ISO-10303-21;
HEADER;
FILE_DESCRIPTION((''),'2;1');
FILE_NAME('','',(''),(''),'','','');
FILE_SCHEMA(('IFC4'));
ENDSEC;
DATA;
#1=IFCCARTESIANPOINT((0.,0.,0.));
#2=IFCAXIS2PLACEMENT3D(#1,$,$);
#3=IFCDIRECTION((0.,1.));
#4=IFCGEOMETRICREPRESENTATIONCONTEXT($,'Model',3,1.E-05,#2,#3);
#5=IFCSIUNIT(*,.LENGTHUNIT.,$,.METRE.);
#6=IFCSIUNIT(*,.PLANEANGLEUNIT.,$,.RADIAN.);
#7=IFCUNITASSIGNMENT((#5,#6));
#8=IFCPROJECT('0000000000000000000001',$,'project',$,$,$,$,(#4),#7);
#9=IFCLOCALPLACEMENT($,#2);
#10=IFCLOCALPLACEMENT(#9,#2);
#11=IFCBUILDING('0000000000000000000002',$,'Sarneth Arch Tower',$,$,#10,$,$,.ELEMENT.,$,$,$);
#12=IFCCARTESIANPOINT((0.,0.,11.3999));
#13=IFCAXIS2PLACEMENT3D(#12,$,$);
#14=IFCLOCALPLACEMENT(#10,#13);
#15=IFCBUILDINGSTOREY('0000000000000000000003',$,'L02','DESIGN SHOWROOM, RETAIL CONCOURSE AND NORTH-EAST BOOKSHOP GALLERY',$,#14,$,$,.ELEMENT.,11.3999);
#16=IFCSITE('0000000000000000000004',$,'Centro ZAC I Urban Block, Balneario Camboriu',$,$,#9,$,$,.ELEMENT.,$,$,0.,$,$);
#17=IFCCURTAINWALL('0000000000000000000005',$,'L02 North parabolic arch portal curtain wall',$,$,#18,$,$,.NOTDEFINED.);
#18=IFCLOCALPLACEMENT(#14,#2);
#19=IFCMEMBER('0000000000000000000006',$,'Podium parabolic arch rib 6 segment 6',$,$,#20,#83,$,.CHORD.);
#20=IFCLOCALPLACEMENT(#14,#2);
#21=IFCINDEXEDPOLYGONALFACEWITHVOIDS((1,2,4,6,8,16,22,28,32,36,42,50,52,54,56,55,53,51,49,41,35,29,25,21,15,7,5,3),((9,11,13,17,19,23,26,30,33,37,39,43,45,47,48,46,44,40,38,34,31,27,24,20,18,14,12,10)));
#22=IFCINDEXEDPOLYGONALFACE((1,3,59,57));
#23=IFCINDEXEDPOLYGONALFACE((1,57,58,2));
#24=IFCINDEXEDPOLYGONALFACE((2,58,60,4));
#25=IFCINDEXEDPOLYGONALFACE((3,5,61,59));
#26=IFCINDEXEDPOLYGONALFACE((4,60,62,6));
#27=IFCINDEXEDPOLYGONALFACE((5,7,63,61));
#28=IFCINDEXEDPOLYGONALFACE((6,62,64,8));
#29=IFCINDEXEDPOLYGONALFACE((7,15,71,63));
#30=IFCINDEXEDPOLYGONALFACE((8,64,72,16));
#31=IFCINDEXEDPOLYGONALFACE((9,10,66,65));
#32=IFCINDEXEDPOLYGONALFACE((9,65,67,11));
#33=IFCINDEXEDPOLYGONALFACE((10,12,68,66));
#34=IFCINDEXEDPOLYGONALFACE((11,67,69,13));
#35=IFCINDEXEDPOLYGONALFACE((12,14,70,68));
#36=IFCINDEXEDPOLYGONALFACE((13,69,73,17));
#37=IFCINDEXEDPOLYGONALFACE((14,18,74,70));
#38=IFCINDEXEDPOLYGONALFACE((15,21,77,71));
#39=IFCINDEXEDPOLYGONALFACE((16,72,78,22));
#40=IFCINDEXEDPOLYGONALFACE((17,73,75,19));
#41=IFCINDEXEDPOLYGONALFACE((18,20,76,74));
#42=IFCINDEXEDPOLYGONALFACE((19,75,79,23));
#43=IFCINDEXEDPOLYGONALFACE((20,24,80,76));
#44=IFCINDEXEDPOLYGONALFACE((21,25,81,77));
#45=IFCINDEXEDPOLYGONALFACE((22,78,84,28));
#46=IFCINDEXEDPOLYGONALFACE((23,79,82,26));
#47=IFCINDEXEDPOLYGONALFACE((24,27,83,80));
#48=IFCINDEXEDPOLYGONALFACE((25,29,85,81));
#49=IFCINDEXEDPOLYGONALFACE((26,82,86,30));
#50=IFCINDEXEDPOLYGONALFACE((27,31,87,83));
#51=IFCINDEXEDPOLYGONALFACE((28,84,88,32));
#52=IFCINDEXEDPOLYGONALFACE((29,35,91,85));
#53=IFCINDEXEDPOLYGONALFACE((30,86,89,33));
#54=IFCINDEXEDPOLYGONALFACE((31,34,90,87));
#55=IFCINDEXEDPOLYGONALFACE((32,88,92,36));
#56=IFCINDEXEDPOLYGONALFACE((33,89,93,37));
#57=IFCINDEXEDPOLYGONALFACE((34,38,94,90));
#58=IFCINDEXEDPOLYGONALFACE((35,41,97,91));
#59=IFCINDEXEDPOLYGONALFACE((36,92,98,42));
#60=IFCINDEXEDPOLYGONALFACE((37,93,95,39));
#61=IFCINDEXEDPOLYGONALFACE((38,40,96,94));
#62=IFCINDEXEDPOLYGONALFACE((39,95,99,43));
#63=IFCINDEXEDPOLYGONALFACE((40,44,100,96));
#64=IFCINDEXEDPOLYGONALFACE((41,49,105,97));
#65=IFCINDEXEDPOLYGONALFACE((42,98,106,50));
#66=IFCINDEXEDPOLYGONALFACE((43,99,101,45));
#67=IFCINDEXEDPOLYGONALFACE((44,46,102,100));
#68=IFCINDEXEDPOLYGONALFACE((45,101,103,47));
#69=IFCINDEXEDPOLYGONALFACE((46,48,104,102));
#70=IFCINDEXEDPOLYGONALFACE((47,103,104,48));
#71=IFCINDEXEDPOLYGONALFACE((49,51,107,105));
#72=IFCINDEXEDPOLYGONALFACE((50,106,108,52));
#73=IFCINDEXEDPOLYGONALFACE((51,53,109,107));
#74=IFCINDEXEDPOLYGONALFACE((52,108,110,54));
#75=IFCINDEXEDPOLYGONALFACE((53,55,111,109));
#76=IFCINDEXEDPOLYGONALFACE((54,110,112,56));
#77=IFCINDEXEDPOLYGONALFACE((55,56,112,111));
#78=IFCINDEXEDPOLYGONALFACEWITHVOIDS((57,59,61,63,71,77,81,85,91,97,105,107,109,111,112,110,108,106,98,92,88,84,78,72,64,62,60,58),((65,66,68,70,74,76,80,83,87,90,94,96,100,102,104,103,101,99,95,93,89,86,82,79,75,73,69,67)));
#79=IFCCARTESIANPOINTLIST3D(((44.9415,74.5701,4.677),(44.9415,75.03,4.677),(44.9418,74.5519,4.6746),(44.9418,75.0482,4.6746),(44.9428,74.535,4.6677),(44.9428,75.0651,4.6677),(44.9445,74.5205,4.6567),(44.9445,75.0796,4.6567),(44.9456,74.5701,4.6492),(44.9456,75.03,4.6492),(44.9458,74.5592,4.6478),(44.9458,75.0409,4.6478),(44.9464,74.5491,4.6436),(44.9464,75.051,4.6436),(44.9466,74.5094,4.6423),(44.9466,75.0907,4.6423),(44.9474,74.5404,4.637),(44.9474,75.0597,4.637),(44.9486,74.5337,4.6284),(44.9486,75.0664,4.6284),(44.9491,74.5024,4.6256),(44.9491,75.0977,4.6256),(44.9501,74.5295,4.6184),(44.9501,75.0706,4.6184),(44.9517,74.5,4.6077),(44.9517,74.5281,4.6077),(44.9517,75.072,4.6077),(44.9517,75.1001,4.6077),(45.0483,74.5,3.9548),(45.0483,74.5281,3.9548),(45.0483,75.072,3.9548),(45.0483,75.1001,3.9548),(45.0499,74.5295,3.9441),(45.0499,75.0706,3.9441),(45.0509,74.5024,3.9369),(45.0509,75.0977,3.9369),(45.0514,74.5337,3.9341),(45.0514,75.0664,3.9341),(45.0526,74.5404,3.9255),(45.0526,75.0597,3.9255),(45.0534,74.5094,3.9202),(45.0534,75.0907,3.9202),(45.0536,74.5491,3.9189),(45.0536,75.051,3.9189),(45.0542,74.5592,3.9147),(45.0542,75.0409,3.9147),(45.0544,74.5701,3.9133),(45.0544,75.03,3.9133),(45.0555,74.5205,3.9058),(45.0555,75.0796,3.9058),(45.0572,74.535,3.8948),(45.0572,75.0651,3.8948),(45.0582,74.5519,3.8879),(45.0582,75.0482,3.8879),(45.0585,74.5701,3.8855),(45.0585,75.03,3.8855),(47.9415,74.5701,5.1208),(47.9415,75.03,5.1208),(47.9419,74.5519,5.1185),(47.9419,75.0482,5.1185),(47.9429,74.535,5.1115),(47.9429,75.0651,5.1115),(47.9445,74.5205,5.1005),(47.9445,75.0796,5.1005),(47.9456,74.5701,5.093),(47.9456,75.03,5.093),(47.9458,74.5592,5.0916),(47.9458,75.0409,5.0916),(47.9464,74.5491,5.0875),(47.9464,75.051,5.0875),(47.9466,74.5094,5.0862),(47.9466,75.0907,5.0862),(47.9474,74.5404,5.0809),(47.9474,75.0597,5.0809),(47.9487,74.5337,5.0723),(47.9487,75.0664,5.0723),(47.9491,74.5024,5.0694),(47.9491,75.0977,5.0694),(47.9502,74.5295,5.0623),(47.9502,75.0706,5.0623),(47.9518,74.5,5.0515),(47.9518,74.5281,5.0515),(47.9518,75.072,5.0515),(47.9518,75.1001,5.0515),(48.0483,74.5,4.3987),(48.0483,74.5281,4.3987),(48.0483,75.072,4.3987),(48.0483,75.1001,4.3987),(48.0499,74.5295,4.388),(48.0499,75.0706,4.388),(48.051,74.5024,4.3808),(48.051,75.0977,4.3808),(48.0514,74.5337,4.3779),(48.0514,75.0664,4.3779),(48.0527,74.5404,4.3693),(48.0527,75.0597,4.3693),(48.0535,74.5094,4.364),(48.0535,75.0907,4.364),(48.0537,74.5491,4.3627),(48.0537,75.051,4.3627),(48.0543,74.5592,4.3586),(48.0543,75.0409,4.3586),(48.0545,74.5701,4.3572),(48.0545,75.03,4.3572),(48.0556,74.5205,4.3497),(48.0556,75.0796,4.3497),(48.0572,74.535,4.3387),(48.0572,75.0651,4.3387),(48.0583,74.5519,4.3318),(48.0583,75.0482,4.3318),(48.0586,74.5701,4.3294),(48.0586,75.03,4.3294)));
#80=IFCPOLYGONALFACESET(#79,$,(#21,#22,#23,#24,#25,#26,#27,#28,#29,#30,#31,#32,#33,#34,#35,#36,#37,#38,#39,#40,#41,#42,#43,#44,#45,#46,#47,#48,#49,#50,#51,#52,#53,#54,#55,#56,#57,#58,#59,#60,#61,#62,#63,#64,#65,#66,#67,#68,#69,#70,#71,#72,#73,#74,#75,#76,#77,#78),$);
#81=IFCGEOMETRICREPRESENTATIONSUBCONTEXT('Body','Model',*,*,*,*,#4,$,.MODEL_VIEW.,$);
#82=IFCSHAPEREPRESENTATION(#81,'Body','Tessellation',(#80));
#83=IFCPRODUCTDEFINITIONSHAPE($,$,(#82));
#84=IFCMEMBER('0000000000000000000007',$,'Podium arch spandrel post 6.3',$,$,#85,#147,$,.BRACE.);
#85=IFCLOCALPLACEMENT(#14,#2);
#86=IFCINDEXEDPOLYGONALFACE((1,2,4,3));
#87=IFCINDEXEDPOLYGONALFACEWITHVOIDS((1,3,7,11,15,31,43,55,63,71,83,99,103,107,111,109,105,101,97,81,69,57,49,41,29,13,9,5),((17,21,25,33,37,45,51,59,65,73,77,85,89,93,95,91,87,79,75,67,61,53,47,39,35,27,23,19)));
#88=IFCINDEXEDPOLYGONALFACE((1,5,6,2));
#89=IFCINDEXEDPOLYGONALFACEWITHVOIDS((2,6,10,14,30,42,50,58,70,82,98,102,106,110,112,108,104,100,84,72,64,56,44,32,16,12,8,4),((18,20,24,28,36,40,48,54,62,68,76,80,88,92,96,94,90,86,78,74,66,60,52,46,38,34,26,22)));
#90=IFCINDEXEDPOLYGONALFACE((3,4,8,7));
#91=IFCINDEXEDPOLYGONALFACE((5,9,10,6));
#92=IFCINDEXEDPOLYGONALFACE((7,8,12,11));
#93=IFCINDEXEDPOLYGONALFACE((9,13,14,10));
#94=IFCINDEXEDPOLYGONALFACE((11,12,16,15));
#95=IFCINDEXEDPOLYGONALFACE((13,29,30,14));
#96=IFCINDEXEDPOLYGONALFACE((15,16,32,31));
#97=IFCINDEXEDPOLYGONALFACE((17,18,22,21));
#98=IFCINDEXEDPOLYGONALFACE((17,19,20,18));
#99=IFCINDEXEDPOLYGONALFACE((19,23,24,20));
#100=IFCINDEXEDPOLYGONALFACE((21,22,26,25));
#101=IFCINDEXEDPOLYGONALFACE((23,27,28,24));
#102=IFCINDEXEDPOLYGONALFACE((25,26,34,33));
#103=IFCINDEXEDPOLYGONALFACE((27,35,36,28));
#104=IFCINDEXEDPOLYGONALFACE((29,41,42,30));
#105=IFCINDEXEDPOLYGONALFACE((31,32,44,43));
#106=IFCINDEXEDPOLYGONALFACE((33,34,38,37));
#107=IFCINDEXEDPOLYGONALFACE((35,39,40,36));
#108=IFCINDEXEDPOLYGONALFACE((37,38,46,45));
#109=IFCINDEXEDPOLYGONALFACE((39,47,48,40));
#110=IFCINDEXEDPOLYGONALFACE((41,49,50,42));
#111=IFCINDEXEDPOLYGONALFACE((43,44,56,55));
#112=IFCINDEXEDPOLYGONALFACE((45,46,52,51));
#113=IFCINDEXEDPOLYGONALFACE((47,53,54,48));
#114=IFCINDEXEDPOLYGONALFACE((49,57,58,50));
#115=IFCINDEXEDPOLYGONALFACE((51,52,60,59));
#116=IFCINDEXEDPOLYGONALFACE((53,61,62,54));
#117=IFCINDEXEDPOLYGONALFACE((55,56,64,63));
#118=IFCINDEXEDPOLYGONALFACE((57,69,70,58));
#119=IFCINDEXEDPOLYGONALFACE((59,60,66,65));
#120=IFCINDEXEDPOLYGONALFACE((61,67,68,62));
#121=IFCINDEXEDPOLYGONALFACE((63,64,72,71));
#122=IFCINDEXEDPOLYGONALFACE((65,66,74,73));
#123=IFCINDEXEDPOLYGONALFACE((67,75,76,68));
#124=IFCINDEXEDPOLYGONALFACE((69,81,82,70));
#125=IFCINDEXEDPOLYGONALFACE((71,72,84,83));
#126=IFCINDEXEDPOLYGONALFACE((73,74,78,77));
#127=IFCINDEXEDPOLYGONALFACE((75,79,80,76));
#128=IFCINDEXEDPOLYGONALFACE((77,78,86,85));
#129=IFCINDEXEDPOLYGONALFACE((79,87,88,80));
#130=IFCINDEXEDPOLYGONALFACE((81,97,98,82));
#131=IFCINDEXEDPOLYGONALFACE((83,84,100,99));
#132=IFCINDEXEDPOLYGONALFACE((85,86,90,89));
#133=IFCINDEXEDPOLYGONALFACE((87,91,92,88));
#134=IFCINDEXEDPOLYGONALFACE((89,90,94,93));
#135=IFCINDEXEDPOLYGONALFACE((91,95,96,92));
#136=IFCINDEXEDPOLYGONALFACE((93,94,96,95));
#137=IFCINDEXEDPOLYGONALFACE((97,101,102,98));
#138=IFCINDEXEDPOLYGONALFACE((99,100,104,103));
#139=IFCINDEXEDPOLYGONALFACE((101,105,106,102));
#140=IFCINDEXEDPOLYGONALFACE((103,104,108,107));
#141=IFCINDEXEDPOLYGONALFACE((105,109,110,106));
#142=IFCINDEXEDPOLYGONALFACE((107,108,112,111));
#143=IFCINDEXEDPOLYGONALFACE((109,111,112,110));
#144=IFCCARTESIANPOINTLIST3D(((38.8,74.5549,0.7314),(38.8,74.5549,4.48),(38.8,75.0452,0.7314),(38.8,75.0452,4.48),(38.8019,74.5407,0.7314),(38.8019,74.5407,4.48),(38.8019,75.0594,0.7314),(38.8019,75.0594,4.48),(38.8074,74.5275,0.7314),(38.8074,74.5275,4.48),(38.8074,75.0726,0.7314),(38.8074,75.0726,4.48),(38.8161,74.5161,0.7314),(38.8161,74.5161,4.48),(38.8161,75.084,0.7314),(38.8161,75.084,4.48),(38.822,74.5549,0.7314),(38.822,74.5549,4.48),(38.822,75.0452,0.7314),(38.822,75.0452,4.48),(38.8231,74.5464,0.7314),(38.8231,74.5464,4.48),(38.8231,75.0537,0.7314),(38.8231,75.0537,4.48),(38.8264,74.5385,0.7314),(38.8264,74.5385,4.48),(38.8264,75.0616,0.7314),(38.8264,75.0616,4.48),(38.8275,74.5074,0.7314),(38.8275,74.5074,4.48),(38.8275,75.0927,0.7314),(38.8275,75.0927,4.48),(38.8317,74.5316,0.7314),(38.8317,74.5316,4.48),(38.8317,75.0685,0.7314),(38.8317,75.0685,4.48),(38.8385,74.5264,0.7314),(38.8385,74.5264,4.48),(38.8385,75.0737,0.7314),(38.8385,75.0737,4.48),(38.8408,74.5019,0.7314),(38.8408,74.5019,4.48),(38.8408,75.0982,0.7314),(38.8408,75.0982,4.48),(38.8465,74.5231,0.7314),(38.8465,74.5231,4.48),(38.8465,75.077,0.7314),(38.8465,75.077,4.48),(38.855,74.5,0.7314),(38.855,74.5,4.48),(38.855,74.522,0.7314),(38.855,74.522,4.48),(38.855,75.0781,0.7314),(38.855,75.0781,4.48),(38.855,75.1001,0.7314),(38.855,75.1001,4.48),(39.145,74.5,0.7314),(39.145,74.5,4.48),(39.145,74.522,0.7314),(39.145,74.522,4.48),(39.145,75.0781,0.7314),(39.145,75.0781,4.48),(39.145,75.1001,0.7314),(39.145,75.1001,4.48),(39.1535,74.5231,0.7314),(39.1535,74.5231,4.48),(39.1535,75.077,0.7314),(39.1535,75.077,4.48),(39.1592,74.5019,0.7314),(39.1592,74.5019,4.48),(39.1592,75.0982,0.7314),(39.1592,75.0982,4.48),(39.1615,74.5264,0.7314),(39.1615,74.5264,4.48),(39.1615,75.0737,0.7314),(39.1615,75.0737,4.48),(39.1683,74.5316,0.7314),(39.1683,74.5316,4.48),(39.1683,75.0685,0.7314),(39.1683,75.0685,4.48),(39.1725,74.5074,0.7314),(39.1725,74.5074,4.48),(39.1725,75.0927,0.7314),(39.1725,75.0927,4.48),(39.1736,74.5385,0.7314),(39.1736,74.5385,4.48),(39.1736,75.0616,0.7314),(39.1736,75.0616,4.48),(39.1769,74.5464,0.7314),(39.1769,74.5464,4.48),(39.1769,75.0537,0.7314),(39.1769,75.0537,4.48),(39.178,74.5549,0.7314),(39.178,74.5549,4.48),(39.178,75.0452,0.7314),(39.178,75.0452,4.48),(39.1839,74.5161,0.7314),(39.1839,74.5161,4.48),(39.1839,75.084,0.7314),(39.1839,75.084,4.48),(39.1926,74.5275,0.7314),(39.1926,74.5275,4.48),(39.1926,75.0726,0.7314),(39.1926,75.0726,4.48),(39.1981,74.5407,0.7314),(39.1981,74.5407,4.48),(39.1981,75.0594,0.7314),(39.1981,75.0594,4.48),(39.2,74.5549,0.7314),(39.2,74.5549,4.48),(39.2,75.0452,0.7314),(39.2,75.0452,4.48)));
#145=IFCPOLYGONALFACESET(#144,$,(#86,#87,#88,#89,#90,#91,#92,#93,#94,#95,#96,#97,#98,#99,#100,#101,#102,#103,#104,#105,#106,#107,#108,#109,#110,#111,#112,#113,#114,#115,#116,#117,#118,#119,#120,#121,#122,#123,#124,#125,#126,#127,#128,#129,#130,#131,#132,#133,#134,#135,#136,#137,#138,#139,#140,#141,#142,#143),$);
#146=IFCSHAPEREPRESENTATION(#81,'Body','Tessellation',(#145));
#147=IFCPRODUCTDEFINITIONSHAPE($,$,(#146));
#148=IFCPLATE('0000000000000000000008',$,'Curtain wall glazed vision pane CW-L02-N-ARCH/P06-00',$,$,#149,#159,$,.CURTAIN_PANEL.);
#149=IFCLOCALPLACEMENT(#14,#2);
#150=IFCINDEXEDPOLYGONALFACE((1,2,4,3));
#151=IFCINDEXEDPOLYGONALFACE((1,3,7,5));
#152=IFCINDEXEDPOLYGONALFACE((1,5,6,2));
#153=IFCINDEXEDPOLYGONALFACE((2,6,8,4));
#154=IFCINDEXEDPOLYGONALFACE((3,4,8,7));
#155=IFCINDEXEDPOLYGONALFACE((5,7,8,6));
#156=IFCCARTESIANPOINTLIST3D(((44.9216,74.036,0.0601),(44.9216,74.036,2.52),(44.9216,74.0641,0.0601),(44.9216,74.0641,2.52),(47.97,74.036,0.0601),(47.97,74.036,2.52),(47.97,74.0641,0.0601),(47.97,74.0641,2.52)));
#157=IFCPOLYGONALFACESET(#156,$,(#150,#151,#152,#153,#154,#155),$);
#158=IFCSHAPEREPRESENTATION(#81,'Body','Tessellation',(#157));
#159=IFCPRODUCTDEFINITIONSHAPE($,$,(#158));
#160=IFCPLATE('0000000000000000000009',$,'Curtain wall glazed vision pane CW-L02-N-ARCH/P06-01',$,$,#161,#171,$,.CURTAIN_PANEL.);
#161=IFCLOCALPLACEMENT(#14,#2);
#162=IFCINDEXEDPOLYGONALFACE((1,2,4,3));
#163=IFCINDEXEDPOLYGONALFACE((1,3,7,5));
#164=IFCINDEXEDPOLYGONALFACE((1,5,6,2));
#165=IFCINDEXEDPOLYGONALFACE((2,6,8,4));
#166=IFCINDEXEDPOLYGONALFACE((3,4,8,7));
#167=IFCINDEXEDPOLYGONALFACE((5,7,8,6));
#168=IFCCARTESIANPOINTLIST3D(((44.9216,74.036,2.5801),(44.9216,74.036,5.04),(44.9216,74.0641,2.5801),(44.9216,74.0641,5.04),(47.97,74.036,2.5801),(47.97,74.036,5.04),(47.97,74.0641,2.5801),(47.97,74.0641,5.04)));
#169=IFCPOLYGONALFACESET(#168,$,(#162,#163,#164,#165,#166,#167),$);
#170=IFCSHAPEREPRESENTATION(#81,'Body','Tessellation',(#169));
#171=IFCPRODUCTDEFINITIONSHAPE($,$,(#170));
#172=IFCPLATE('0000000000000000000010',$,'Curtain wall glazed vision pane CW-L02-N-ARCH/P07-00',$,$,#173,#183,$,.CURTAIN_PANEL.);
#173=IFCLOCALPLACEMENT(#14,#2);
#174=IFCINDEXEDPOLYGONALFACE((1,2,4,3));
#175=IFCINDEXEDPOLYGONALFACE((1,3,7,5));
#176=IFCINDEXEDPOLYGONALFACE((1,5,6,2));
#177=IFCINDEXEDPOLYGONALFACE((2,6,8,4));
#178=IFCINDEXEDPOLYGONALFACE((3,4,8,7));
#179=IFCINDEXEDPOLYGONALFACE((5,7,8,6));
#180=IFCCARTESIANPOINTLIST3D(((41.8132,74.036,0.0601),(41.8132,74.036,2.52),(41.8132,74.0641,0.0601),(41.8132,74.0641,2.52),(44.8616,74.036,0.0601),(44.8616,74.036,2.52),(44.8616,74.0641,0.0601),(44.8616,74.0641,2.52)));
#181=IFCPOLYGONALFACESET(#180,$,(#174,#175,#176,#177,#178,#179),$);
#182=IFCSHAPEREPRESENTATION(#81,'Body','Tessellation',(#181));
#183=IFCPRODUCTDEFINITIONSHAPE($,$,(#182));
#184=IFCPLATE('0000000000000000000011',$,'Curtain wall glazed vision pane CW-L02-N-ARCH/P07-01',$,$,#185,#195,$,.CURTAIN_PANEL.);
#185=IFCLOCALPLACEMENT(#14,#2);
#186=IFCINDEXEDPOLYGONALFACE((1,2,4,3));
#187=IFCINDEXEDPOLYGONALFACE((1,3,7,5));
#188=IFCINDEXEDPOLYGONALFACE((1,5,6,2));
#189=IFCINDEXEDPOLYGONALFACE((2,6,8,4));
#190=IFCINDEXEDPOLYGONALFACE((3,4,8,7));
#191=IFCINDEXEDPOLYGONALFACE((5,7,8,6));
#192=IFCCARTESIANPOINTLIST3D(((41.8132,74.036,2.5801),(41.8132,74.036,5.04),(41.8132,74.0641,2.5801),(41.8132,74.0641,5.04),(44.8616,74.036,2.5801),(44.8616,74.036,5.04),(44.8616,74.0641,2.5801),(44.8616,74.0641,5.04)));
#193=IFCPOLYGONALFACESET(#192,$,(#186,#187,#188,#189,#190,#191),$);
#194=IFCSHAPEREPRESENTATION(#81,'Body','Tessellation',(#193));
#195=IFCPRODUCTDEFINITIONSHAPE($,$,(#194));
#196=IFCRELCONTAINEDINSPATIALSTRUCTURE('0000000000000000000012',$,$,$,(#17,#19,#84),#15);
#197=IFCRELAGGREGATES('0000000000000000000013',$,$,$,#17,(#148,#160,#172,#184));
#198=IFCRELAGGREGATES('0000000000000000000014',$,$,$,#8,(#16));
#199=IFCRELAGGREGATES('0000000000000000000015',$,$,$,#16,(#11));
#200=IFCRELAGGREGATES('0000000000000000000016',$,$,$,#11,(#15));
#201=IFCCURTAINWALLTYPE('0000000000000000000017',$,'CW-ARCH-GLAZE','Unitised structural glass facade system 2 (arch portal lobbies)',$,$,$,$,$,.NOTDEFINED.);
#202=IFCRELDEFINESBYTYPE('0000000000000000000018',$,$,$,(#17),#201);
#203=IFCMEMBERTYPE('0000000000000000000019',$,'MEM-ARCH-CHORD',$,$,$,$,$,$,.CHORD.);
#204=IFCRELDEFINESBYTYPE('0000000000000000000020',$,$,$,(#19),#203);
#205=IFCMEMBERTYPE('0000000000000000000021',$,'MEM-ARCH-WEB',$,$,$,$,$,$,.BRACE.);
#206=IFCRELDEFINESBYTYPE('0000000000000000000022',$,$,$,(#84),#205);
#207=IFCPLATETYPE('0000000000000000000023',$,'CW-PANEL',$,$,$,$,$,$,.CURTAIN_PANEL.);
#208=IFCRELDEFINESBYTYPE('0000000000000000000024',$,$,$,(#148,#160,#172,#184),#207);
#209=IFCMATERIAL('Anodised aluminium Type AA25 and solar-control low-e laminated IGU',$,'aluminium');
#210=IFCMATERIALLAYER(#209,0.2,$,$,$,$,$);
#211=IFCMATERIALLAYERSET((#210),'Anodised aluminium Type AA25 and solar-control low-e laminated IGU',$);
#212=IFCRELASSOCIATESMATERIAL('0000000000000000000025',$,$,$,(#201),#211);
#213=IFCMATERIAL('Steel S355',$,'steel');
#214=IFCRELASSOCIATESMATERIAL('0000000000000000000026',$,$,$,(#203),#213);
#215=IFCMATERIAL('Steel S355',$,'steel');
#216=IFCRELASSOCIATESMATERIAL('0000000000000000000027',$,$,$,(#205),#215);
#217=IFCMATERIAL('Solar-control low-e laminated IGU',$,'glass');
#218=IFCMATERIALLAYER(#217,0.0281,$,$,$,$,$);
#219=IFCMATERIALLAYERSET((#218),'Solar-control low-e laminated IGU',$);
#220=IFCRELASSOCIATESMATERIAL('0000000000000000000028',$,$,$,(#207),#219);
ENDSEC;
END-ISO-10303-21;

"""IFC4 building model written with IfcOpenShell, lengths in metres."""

from ifc_helpers import new_model, si_unit, direction, frame, origin, origin_2d, place, context, subcontext, project, spatial, rectangle, hollow_rectangle, extrude, material, layer, layer_set, material_profile, profile_set, type_object, element, aggregate, save


model = new_model("IFC4")

# Units and contexts
model_context = context("Model", 3, precision=1e-05, world=origin(), true_north=direction((0.0, 1.0)))
body_context = subcontext(model_context, "Body", "Model", "MODEL_VIEW")
ifc_project = project(units=[si_unit("LENGTHUNIT", "METRE"), si_unit("PLANEANGLEUNIT", "RADIAN")], contexts=[model_context])

# Site, building, storey
site_placement = place(None, origin())
site = spatial("IfcSite", under=ifc_project, at=site_placement, Name="Centro ZAC I Urban Block, Balneario Camboriu", CompositionType="ELEMENT", RefElevation=0.0)
building_placement = place(site_placement, origin())
building = spatial("IfcBuilding", under=site, at=building_placement, Name="Sarneth Arch Tower", CompositionType="ELEMENT")
storey_placement = place(building_placement, frame((0.0, 0.0, 11.3999)))
storey = spatial("IfcBuildingStorey", under=building, at=storey_placement, Name="L02", Description="DESIGN SHOWROOM, RETAIL CONCOURSE AND NORTH-EAST BOOKSHOP GALLERY", CompositionType="ELEMENT", Elevation=11.3999)

# Curtain wall
ifc_material_1 = material(Name="Anodised aluminium Type AA25 and solar-control low-e laminated IGU", Category="aluminium")
ifc_layer_1 = layer(ifc_material_1, 0.2)
ifc_layer_set_1 = layer_set([ifc_layer_1], Name="Anodised aluminium Type AA25 and solar-control low-e laminated IGU")
curtain_wall_type = type_object("IfcCurtainWallType", Name="CW-ARCH-GLAZE", Description="Unitised structural glass facade system 2 (arch portal lobbies)", PredefinedType="NOTDEFINED", material=ifc_layer_set_1)
curtain_wall_placement = place(storey_placement, origin())
curtain_wall = element("IfcCurtainWall", 1, at=curtain_wall_placement, inside=storey, type_object=curtain_wall_type, Name="L02 North parabolic arch portal curtain wall", PredefinedType="NOTDEFINED")

# Members
ifc_material_2 = material(Name="Steel S355", Category="steel")
ifc_material_profile_1 = material_profile(ifc_material_2, hollow_rectangle(XDim=0.6001, YDim=0.8, WallThickness=0.0281, InnerFilletRadius=0.042, OuterFilletRadius=0.0701, at=origin_2d()), Name="RHS800x600x28")
ifc_profile_set_1 = profile_set([ifc_material_profile_1], Name="Steel S355")
member_type_1 = type_object("IfcMemberType", Name="MEM-ARCH-CHORD", PredefinedType="CHORD", material=ifc_profile_set_1)
member_1_placement = place(storey_placement, frame((45.0, 74.8, 4.2812), z_axis=(0.989232, 0.0, 0.146356), x_axis=(0.0, 1.0, 0.0)))
element("IfcMember", 2, at=member_1_placement, inside=storey, type_object=member_type_1, Name="Podium parabolic arch rib 6 segment 6", PredefinedType="CHORD", context=body_context, shape_type="SweptSolid", body=[
    extrude(hollow_rectangle(XDim=0.6001, YDim=0.8, WallThickness=0.0281, InnerFilletRadius=0.042, OuterFilletRadius=0.0701, at=origin_2d()), origin(), (0.0, 0.0, 1.0), 3.0327),
])
ifc_material_3 = material(Name="Steel S355", Category="steel")
ifc_material_profile_2 = material_profile(ifc_material_3, hollow_rectangle(XDim=0.3999, YDim=0.6001, WallThickness=0.022, InnerFilletRadius=0.033, OuterFilletRadius=0.0549, at=origin_2d()), Name="RHS600x400x22")
ifc_profile_set_2 = profile_set([ifc_material_profile_2], Name="Steel S355")
member_type_2 = type_object("IfcMemberType", Name="MEM-ARCH-WEB", PredefinedType="BRACE", material=ifc_profile_set_2)
member_2_placement = place(storey_placement, frame((39.0, 74.8, 0.7314), z_axis=(0.0, 0.0, 1.0), x_axis=(1.0, 0.0, 0.0)))
element("IfcMember", 3, at=member_2_placement, inside=storey, type_object=member_type_2, Name="Podium arch spandrel post 6.3", PredefinedType="BRACE", context=body_context, shape_type="SweptSolid", body=[
    extrude(hollow_rectangle(XDim=0.3999, YDim=0.6001, WallThickness=0.022, InnerFilletRadius=0.033, OuterFilletRadius=0.0549, at=origin_2d()), origin(), (0.0, 0.0, 1.0), 3.7485),
])

# Plates
ifc_material_4 = material(Name="Solar-control low-e laminated IGU", Category="glass")
ifc_layer_2 = layer(ifc_material_4, 0.0281)
ifc_layer_set_2 = layer_set([ifc_layer_2], Name="Solar-control low-e laminated IGU")
plate_type_1 = type_object("IfcPlateType", Name="CW-PANEL", PredefinedType="CURTAIN_PANEL", material=ifc_layer_set_2)
plate_1_placement = place(storey_placement, frame((46.4458, 74.05, 0.0601), z_axis=(0.0, 0.0, 1.0), x_axis=(-1.0, 0.0, 0.0)))
plate_1 = element("IfcPlate", 4, at=plate_1_placement, type_object=plate_type_1, Name="Curtain wall glazed vision pane CW-L02-N-ARCH/P06-00", PredefinedType="CURTAIN_PANEL", context=body_context, shape_type="SweptSolid", body=[
    extrude(rectangle(XDim=3.0483, YDim=0.0281, at=origin_2d()), origin(), (0.0, 0.0, 1.0), 2.46),
])
plate_2_placement = place(storey_placement, frame((46.4458, 74.05, 2.5801), z_axis=(0.0, 0.0, 1.0), x_axis=(-1.0, 0.0, 0.0)))
plate_2 = element("IfcPlate", 5, at=plate_2_placement, type_object=plate_type_1, Name="Curtain wall glazed vision pane CW-L02-N-ARCH/P06-01", PredefinedType="CURTAIN_PANEL", context=body_context, shape_type="SweptSolid", body=[
    extrude(rectangle(XDim=3.0483, YDim=0.0281, at=origin_2d()), origin(), (0.0, 0.0, 1.0), 2.46),
])
plate_3_placement = place(storey_placement, frame((43.3374, 74.05, 0.0601), z_axis=(0.0, 0.0, 1.0), x_axis=(-1.0, 0.0, 0.0)))
plate_3 = element("IfcPlate", 6, at=plate_3_placement, type_object=plate_type_1, Name="Curtain wall glazed vision pane CW-L02-N-ARCH/P07-00", PredefinedType="CURTAIN_PANEL", context=body_context, shape_type="SweptSolid", body=[
    extrude(rectangle(XDim=3.0483, YDim=0.0281, at=origin_2d()), origin(), (0.0, 0.0, 1.0), 2.46),
])
plate_4_placement = place(storey_placement, frame((43.3374, 74.05, 2.5801), z_axis=(0.0, 0.0, 1.0), x_axis=(-1.0, 0.0, 0.0)))
plate_4 = element("IfcPlate", 7, at=plate_4_placement, type_object=plate_type_1, Name="Curtain wall glazed vision pane CW-L02-N-ARCH/P07-01", PredefinedType="CURTAIN_PANEL", context=body_context, shape_type="SweptSolid", body=[
    extrude(rectangle(XDim=3.0483, YDim=0.0281, at=origin_2d()), origin(), (0.0, 0.0, 1.0), 2.46),
])
aggregate(curtain_wall, [plate_1, plate_2, plate_3, plate_4])

save(model, "model.ifc")
